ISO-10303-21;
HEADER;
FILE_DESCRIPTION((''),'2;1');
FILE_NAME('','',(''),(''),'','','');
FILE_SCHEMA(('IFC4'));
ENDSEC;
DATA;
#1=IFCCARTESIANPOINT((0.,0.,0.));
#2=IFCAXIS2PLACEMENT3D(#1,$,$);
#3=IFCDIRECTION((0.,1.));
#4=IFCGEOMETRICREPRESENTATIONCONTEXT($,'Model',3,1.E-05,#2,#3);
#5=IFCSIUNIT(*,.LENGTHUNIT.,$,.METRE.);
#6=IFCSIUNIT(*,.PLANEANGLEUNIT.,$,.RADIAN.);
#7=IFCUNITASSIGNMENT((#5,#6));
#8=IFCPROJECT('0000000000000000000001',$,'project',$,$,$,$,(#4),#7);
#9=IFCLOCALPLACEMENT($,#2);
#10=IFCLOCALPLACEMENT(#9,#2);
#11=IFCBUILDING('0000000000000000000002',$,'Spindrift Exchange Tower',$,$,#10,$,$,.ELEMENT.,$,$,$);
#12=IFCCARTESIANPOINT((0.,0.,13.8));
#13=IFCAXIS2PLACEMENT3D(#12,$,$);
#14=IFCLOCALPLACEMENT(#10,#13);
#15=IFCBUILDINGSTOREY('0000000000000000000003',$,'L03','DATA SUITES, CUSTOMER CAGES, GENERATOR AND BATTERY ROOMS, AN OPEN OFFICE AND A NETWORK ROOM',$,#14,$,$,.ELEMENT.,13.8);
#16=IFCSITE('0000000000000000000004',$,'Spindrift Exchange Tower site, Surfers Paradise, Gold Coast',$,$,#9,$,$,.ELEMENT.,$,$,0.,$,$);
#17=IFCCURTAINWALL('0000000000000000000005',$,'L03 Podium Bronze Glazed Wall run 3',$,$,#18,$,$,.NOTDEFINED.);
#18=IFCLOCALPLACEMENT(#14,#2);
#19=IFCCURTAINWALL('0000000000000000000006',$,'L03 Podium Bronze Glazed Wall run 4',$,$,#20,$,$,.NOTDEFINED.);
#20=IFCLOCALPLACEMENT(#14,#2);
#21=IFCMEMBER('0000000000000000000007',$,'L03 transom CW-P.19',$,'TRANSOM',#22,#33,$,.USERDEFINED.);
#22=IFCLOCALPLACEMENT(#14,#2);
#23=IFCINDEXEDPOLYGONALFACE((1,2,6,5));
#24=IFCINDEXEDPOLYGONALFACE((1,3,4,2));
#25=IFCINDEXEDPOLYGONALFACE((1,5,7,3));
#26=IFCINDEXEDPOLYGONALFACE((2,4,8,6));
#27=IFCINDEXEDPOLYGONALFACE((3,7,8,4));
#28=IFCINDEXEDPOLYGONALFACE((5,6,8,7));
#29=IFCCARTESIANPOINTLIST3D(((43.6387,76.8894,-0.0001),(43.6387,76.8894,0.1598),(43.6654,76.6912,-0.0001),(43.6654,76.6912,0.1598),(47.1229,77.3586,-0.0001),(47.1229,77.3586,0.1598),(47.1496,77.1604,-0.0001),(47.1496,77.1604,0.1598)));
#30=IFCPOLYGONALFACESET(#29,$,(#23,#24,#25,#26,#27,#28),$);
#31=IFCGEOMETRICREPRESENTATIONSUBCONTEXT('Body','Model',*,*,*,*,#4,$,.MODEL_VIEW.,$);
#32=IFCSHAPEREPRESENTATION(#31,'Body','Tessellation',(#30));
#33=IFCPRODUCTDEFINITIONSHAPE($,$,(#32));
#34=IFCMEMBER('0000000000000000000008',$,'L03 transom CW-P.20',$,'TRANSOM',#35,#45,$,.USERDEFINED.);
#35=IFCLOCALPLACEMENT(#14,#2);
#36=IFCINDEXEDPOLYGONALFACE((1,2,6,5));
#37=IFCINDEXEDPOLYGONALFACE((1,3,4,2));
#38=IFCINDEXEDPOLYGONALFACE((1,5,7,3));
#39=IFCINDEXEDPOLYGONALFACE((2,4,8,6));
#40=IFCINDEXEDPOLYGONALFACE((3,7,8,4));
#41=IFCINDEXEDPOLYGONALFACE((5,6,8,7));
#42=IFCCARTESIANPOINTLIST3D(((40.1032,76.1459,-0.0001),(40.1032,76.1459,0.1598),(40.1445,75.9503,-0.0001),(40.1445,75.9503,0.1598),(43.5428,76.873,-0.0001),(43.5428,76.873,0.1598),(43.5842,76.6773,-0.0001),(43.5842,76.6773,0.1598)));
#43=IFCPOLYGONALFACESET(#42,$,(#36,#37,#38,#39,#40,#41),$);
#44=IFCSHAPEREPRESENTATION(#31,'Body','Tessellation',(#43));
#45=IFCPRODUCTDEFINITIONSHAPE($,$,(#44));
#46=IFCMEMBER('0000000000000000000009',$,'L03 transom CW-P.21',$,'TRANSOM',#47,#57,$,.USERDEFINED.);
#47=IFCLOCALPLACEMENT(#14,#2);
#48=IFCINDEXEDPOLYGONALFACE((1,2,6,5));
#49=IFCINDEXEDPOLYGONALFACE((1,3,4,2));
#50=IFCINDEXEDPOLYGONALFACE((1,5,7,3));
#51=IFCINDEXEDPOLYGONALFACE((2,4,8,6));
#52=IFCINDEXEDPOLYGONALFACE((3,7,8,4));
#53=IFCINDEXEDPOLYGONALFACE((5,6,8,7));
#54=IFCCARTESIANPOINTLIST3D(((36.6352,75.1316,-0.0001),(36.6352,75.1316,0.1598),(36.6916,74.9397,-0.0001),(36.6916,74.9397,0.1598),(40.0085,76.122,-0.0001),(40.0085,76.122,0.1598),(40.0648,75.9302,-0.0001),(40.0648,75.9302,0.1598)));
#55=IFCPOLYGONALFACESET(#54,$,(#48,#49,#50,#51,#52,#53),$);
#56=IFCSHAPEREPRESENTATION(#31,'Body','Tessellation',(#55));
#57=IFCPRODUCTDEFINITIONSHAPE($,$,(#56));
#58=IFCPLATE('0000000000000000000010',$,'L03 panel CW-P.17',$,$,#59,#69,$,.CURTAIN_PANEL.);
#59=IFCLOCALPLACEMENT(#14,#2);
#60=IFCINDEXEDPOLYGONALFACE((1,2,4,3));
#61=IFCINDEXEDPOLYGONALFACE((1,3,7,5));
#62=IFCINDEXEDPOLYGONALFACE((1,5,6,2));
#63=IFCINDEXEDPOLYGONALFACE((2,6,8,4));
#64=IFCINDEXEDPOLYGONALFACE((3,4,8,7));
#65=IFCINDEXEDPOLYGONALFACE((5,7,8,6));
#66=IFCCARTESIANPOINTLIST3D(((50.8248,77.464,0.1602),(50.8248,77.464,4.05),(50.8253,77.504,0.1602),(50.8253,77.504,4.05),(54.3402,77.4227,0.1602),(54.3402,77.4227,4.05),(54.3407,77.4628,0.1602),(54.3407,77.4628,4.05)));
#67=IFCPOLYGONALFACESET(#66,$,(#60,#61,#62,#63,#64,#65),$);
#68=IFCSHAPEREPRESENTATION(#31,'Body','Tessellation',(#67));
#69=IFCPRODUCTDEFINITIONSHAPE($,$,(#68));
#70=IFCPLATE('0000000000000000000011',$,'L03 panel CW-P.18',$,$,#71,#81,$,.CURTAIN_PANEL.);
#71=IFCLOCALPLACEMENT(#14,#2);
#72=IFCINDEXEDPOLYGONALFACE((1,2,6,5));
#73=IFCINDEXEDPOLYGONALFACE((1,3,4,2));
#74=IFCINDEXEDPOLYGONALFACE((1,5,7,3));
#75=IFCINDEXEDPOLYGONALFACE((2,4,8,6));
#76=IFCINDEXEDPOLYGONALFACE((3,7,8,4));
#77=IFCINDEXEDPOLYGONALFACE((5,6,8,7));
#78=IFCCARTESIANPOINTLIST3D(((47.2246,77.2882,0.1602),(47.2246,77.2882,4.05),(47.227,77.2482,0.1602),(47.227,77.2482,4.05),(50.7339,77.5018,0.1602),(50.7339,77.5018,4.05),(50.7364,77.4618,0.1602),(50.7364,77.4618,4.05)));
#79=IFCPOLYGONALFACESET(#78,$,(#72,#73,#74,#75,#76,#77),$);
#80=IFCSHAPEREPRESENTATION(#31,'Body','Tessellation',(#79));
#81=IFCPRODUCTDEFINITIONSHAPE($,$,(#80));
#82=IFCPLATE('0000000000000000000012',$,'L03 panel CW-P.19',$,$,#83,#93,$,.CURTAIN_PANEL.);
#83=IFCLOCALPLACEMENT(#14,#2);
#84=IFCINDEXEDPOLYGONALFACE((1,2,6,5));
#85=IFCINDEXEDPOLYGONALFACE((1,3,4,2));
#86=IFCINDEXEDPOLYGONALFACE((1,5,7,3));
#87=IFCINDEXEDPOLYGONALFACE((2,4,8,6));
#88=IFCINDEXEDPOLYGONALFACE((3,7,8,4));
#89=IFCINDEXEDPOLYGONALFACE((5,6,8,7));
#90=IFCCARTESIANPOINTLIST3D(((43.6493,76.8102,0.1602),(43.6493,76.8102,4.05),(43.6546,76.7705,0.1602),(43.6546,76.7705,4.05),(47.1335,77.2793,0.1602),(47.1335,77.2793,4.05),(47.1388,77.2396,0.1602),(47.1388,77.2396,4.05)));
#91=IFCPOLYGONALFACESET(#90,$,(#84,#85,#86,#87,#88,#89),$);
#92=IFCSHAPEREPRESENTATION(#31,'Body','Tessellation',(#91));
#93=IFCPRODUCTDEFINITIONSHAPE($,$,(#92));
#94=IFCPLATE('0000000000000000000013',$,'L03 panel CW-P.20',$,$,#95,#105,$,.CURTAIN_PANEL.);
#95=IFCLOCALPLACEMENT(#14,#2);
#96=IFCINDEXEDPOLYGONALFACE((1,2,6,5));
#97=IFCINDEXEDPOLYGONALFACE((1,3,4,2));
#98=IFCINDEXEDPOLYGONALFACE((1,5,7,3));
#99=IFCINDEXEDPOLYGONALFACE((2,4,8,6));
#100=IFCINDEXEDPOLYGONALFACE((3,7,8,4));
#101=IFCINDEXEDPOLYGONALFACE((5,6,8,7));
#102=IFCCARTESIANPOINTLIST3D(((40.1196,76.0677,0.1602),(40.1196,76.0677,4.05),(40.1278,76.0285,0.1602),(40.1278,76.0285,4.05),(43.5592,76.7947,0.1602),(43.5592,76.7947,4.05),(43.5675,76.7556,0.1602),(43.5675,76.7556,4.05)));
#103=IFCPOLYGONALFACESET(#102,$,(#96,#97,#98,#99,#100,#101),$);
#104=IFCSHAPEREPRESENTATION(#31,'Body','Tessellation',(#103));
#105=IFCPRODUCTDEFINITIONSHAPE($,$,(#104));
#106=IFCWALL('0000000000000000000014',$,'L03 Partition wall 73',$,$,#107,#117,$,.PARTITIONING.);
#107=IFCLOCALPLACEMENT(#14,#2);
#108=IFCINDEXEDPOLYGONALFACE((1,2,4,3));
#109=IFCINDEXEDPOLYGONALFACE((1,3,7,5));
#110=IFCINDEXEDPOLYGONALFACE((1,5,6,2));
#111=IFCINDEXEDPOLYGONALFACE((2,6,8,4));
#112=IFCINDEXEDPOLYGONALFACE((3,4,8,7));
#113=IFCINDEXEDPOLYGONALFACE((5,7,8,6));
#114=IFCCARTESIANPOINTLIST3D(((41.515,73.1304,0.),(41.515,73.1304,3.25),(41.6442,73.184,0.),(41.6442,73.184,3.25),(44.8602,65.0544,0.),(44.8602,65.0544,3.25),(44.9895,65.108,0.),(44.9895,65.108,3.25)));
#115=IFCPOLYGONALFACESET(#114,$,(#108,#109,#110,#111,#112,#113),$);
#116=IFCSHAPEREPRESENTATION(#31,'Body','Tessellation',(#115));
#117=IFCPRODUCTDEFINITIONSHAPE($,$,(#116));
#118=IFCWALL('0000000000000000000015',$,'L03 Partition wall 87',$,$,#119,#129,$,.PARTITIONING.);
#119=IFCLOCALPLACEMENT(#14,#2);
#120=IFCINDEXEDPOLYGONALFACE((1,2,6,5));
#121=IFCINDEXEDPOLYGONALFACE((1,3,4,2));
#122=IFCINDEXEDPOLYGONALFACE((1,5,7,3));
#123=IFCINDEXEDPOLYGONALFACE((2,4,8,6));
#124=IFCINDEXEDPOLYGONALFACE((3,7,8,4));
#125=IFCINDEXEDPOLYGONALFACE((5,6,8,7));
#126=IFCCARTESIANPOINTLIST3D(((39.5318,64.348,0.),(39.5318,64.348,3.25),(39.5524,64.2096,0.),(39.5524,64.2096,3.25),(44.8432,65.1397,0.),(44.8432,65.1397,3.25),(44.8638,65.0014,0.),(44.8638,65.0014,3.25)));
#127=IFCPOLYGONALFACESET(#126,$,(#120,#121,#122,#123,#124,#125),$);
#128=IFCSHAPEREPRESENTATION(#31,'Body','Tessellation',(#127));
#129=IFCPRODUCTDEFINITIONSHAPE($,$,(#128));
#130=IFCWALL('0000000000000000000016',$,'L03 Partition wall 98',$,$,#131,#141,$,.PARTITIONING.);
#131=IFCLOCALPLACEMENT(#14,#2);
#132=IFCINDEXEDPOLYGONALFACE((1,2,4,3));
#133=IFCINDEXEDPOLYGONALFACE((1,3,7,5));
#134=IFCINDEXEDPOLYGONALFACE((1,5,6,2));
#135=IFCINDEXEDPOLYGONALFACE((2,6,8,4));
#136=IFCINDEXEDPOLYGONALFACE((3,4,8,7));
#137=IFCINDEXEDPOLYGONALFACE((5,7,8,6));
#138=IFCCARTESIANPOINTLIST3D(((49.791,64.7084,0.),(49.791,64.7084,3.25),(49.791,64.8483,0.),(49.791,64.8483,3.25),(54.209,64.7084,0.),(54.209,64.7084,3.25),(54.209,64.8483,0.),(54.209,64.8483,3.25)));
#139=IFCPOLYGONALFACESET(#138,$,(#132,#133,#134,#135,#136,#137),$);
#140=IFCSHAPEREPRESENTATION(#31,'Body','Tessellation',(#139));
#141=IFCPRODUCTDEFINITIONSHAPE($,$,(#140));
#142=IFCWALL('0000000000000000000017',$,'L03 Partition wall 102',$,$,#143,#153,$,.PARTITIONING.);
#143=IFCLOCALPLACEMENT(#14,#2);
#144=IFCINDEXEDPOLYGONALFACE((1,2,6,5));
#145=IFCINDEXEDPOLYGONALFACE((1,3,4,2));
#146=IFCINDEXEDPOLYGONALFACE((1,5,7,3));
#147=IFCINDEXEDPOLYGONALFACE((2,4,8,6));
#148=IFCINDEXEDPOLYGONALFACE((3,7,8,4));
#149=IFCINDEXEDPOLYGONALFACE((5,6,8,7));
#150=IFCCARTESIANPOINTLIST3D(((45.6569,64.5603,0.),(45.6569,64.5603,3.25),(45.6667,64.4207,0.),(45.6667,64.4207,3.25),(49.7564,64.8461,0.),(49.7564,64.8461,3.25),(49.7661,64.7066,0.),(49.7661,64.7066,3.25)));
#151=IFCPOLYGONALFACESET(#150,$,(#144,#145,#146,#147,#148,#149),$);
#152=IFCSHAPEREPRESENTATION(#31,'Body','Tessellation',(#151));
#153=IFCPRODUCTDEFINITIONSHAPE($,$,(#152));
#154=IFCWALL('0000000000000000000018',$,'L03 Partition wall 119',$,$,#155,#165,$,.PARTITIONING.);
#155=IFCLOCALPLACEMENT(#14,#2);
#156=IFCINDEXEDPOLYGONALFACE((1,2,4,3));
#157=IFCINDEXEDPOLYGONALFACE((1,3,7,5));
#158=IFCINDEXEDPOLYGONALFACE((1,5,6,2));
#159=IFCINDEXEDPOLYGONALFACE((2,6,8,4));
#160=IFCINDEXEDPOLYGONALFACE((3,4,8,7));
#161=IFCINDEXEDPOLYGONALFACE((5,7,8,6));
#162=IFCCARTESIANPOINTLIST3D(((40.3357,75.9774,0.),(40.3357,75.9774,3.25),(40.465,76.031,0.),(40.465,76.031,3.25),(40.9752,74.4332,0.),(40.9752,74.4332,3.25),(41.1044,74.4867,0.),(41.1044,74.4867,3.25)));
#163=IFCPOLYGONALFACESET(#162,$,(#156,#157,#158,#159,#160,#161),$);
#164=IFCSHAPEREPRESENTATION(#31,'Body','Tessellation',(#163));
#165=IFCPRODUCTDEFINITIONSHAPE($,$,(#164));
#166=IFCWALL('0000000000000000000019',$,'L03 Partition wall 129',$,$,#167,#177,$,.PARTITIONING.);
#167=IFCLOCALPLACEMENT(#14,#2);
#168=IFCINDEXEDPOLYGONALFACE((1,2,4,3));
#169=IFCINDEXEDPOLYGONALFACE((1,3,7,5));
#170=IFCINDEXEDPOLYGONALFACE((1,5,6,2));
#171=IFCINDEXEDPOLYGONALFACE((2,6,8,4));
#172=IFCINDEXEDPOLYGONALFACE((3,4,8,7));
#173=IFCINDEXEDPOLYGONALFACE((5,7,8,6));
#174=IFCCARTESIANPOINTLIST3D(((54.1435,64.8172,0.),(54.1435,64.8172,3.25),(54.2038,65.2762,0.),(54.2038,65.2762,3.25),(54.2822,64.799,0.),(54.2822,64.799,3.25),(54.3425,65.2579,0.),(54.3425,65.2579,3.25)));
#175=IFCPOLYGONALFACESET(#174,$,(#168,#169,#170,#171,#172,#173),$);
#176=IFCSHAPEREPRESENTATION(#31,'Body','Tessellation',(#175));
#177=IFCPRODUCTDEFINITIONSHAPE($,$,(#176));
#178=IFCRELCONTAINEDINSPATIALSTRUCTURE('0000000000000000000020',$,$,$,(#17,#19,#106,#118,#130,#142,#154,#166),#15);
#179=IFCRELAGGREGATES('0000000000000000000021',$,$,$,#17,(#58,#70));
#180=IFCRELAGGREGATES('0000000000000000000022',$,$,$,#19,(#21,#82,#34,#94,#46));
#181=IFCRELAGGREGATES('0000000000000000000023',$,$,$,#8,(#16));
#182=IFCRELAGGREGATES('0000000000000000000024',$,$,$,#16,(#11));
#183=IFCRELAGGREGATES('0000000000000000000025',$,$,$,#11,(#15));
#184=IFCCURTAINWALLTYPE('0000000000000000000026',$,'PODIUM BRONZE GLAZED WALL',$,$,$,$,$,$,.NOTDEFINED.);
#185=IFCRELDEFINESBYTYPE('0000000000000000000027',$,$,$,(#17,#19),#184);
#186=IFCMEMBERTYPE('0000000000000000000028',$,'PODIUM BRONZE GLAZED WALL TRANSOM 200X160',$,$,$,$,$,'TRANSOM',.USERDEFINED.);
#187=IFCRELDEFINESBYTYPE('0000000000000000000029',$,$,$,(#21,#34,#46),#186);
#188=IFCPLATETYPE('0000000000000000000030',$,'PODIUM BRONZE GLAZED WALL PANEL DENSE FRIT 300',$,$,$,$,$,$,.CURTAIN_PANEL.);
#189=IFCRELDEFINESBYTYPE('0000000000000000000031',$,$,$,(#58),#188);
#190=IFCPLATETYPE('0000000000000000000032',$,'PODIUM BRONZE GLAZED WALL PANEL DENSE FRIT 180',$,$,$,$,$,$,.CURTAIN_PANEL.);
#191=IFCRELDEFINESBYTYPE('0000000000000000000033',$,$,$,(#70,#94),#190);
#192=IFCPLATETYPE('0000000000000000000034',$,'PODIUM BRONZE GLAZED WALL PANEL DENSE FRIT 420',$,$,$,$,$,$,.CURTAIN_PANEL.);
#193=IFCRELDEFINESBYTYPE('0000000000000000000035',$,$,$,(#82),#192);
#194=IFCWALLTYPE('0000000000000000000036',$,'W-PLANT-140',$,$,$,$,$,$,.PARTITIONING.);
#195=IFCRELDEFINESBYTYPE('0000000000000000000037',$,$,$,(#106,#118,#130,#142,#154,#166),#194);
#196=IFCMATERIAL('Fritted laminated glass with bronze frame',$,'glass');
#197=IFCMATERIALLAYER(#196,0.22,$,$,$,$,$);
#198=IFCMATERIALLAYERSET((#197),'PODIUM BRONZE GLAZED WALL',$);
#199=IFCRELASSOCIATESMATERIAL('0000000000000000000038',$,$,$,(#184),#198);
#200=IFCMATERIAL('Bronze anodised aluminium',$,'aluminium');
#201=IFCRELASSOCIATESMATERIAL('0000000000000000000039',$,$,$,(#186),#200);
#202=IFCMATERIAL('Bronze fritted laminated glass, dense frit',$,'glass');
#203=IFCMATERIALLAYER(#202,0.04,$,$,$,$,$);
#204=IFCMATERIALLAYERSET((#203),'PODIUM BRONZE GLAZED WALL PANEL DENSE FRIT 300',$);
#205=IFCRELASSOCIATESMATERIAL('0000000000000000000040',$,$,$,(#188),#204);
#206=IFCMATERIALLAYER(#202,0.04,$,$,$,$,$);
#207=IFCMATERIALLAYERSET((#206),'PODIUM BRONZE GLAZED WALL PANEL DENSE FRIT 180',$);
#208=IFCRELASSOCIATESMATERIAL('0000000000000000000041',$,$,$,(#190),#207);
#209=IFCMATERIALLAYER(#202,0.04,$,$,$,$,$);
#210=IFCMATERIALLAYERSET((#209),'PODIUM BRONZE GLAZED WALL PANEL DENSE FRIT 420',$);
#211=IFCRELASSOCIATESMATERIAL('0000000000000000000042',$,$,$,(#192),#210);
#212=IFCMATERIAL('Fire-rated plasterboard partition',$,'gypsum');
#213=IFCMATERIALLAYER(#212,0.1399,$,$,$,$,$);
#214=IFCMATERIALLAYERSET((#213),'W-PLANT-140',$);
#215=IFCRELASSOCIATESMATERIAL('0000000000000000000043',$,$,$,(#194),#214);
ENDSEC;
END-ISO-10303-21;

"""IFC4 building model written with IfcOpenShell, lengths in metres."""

from ifc_helpers import new_model, si_unit, direction, frame, frame_2d, origin, origin_2d, place, context, subcontext, project, spatial, rectangle, extrude, source, transform, mapped, material, layer, layer_set, material_profile, profile_set, type_object, element, aggregate, save


model = new_model("IFC4")

# Units and contexts
model_context = context("Model", 3, precision=1e-05, world=origin(), true_north=direction((0.0, 1.0)))
body_context = subcontext(model_context, "Body", "Model", "MODEL_VIEW")
ifc_project = project(units=[si_unit("LENGTHUNIT", "METRE"), si_unit("PLANEANGLEUNIT", "RADIAN")], contexts=[model_context])

# Site, building, storey
site_placement = place(None, origin())
site = spatial("IfcSite", under=ifc_project, at=site_placement, Name="Spindrift Exchange Tower site, Surfers Paradise, Gold Coast", CompositionType="ELEMENT", RefElevation=0.0)
building_placement = place(site_placement, origin())
building = spatial("IfcBuilding", under=site, at=building_placement, Name="Spindrift Exchange Tower", CompositionType="ELEMENT")
storey_placement = place(building_placement, frame((0.0, 0.0, 13.8)))
storey = spatial("IfcBuildingStorey", under=building, at=storey_placement, Name="L03", Description="DATA SUITES, CUSTOMER CAGES, GENERATOR AND BATTERY ROOMS, AN OPEN OFFICE AND A NETWORK ROOM", CompositionType="ELEMENT", Elevation=13.8)

# Curtain walls
ifc_material_1 = material(Name="Fritted laminated glass with bronze frame", Category="glass")
ifc_layer_1 = layer(ifc_material_1, 0.22)
ifc_layer_set_1 = layer_set([ifc_layer_1], Name="PODIUM BRONZE GLAZED WALL")
curtain_wall_type = type_object("IfcCurtainWallType", Name="PODIUM BRONZE GLAZED WALL", PredefinedType="NOTDEFINED", material=ifc_layer_set_1)
curtain_wall_1_placement = place(storey_placement, origin())
curtain_wall_1 = element("IfcCurtainWall", 1, at=curtain_wall_1_placement, inside=storey, type_object=curtain_wall_type, Name="L03 Podium Bronze Glazed Wall run 3", PredefinedType="NOTDEFINED")
ifc_material_2 = material(Name="Bronze anodised aluminium", Category="aluminium")
curtain_wall_2_placement = place(storey_placement, origin())
curtain_wall_2 = element("IfcCurtainWall", 2, at=curtain_wall_2_placement, inside=storey, type_object=curtain_wall_type, Name="L03 Podium Bronze Glazed Wall run 4", PredefinedType="NOTDEFINED")

# Members
ifc_material_profile_1 = material_profile(ifc_material_2, rectangle(XDim=0.2, YDim=0.1599, at=origin_2d()), Name="PODIUM BRONZE GLAZED WALL TRANSOM 200X160")
ifc_profile_set_1 = profile_set([ifc_material_profile_1], Name="Bronze anodised aluminium")
member_type_1 = type_object("IfcMemberType", Name="PODIUM BRONZE GLAZED WALL TRANSOM 200X160", ElementType="TRANSOM", PredefinedType="USERDEFINED", material=ifc_profile_set_1)
shared_shape_1 = source(origin(), body_context, "Body", "SweptSolid", [
    extrude(rectangle(XDim=0.2, YDim=0.1599, at=origin_2d()), origin(), (0.0, 0.0, 1.0), 3.5156),
])
member_1_placement = place(storey_placement, frame((47.1362, 77.2595, 0.0798), z_axis=(-0.991052, -0.133474, 0.0), x_axis=(0.133474, -0.991052, 0.0)))
member_1 = element("IfcMember", 3, at=member_1_placement, type_object=member_type_1, Name="L03 transom CW-P.19", ObjectType="TRANSOM", PredefinedType="USERDEFINED", context=body_context, shape_type="MappedRepresentation", body=[
    mapped(shared_shape_1, transform((0.0, 0.0, 0.0), scale=1.0)),
])
member_2_placement = place(storey_placement, frame((43.5635, 76.7751, 0.0798), z_axis=(-0.978383, -0.206801, 0.0), x_axis=(0.206801, -0.978383, 0.0)))
member_2 = element("IfcMember", 4, at=member_2_placement, type_object=member_type_1, Name="L03 transom CW-P.20", ObjectType="TRANSOM", PredefinedType="USERDEFINED", context=body_context, shape_type="MappedRepresentation", body=[
    mapped(shared_shape_1, transform((0.0, 0.0, 0.0), scale=1.0)),
])
member_3_placement = place(storey_placement, frame((40.0366, 76.0261, 0.0798), z_axis=(-0.959494, -0.28173, 0.0), x_axis=(0.28173, -0.959494, 0.0)))
member_3 = element("IfcMember", 5, at=member_3_placement, type_object=member_type_1, Name="L03 transom CW-P.21", ObjectType="TRANSOM", PredefinedType="USERDEFINED", context=body_context, shape_type="MappedRepresentation", body=[
    mapped(shared_shape_1, transform((0.0, 0.0, 0.0), scale=1.0)),
])

# Plates
ifc_material_3 = material(Name="Bronze fritted laminated glass, dense frit", Category="glass")
ifc_layer_2 = layer(ifc_material_3, 0.04)
ifc_layer_set_2 = layer_set([ifc_layer_2], Name="PODIUM BRONZE GLAZED WALL PANEL DENSE FRIT 300")
plate_type_1 = type_object("IfcPlateType", Name="PODIUM BRONZE GLAZED WALL PANEL DENSE FRIT 300", PredefinedType="CURTAIN_PANEL", material=ifc_layer_set_2)
shared_shape_2 = source(origin(), body_context, "Body", "SweptSolid", [
    extrude(rectangle(XDim=3.5156, YDim=0.04, at=origin_2d()), origin(), (0.0, 0.0, 1.0), 3.8899),
])
plate_1_placement = place(storey_placement, frame((52.5828, 77.4634, 0.1602), z_axis=(0.0, 0.0, 1.0), x_axis=(-0.999931, 0.011732, 0.0)))
plate_1 = element("IfcPlate", 6, at=plate_1_placement, type_object=plate_type_1, Name="L03 panel CW-P.17", PredefinedType="CURTAIN_PANEL", context=body_context, shape_type="MappedRepresentation", body=[
    mapped(shared_shape_2, transform((0.0, 0.0, 0.0), scale=1.0)),
])
ifc_layer_3 = layer(ifc_material_3, 0.04)
ifc_layer_set_3 = layer_set([ifc_layer_3], Name="PODIUM BRONZE GLAZED WALL PANEL DENSE FRIT 180")
plate_type_2 = type_object("IfcPlateType", Name="PODIUM BRONZE GLAZED WALL PANEL DENSE FRIT 180", PredefinedType="CURTAIN_PANEL", material=ifc_layer_set_3)
shared_shape_3 = source(origin(), body_context, "Body", "SweptSolid", [
    extrude(rectangle(XDim=3.5159, YDim=0.04, at=origin_2d()), origin(), (0.0, 0.0, 1.0), 3.8899),
])
plate_2_placement = place(storey_placement, frame((48.9805, 77.375, 0.1602), z_axis=(0.0, 0.0, 1.0), x_axis=(-0.998154, -0.060737, 0.0)))
plate_2 = element("IfcPlate", 7, at=plate_2_placement, type_object=plate_type_2, Name="L03 panel CW-P.18", PredefinedType="CURTAIN_PANEL", context=body_context, shape_type="MappedRepresentation", body=[
    mapped(shared_shape_3, transform((0.0, 0.0, 0.0), scale=1.0)),
])
aggregate(curtain_wall_1, [plate_1, plate_2])
ifc_layer_4 = layer(ifc_material_3, 0.04)
ifc_layer_set_4 = layer_set([ifc_layer_4], Name="PODIUM BRONZE GLAZED WALL PANEL DENSE FRIT 420")
plate_type_3 = type_object("IfcPlateType", Name="PODIUM BRONZE GLAZED WALL PANEL DENSE FRIT 420", PredefinedType="CURTAIN_PANEL", material=ifc_layer_set_4)
shared_shape_4 = source(origin(), body_context, "Body", "SweptSolid", [
    extrude(rectangle(XDim=3.5156, YDim=0.04, at=origin_2d()), origin(), (0.0, 0.0, 1.0), 3.8899),
])
plate_3_placement = place(storey_placement, frame((45.394, 77.0249, 0.1602), z_axis=(0.0, 0.0, 1.0), x_axis=(-0.991059, -0.133426, 0.0)))
plate_3 = element("IfcPlate", 8, at=plate_3_placement, type_object=plate_type_3, Name="L03 panel CW-P.19", PredefinedType="CURTAIN_PANEL", context=body_context, shape_type="MappedRepresentation", body=[
    mapped(shared_shape_4, transform((0.0, 0.0, 0.0), scale=1.0)),
])
shared_shape_5 = source(origin(), body_context, "Body", "SweptSolid", [
    extrude(rectangle(XDim=3.5156, YDim=0.04, at=origin_2d()), origin(), (0.0, 0.0, 1.0), 3.8899),
])
plate_4_placement = place(storey_placement, frame((41.8435, 76.4116, 0.1602), z_axis=(0.0, 0.0, 1.0), x_axis=(-0.97838, -0.206814, 0.0)))
plate_4 = element("IfcPlate", 9, at=plate_4_placement, type_object=plate_type_2, Name="L03 panel CW-P.20", PredefinedType="CURTAIN_PANEL", context=body_context, shape_type="MappedRepresentation", body=[
    mapped(shared_shape_5, transform((0.0, 0.0, 0.0), scale=1.0)),
])
aggregate(curtain_wall_2, [member_1, plate_3, member_2, plate_4, member_3])

# Walls
ifc_material_4 = material(Name="Fire-rated plasterboard partition", Category="gypsum")
ifc_layer_5 = layer(ifc_material_4, 0.1399)
ifc_layer_set_5 = layer_set([ifc_layer_5], Name="W-PLANT-140")
wall_type = type_object("IfcWallType", Name="W-PLANT-140", PredefinedType="PARTITIONING", material=ifc_layer_set_5)
wall_1_placement = place(storey_placement, frame((44.9248, 65.0813, 0.0), z_axis=(0.0, 0.0, 1.0), x_axis=(-0.382689, 0.923877, 0.0)))
element("IfcWall", 10, at=wall_1_placement, inside=storey, type_object=wall_type, Name="L03 Partition wall 73", PredefinedType="PARTITIONING", context=body_context, shape_type="SweptSolid", body=[
    extrude(rectangle(XDim=8.7415, YDim=0.1399, at=frame_2d((4.3706, 0.0))), origin(), (0.0, 0.0, 1.0), 3.25),
])
wall_2_placement = place(storey_placement, frame((44.8535, 65.0706, 0.0), z_axis=(0.0, 0.0, 1.0), x_axis=(-0.989072, -0.147433, 0.0)))
element("IfcWall", 11, at=wall_2_placement, inside=storey, type_object=wall_type, Name="L03 Partition wall 87", PredefinedType="PARTITIONING", context=body_context, shape_type="SweptSolid", body=[
    extrude(rectangle(XDim=5.3701, YDim=0.1399, at=frame_2d((2.6851, 0.0))), origin(), (0.0, 0.0, 1.0), 3.25),
])
wall_3_placement = place(storey_placement, frame((54.209, 64.7783, 0.0), z_axis=(0.0, 0.0, 1.0), x_axis=(-1.0, 0.0, 0.0)))
element("IfcWall", 12, at=wall_3_placement, inside=storey, type_object=wall_type, Name="L03 Partition wall 98", PredefinedType="PARTITIONING", context=body_context, shape_type="SweptSolid", body=[
    extrude(rectangle(XDim=4.418, YDim=0.1399, at=frame_2d((2.209, 0.0))), origin(), (0.0, 0.0, 1.0), 3.25),
])
wall_4_placement = place(storey_placement, frame((49.7612, 64.7764, 0.0), z_axis=(0.0, 0.0, 1.0), x_axis=(-0.997577, -0.069571, 0.0)))
element("IfcWall", 13, at=wall_4_placement, inside=storey, type_object=wall_type, Name="L03 Partition wall 102", PredefinedType="PARTITIONING", context=body_context, shape_type="SweptSolid", body=[
    extrude(rectangle(XDim=4.1094, YDim=0.1399, at=frame_2d((2.0547, 0.0))), origin(), (0.0, 0.0, 1.0), 3.25),
])
wall_5_placement = place(storey_placement, frame((41.0398, 74.46, 0.0), z_axis=(0.0, 0.0, 1.0), x_axis=(-0.382571, 0.923926, 0.0)))
element("IfcWall", 14, at=wall_5_placement, inside=storey, type_object=wall_type, Name="L03 Partition wall 119", PredefinedType="PARTITIONING", context=body_context, shape_type="SweptSolid", body=[
    extrude(rectangle(XDim=1.6714, YDim=0.1399, at=frame_2d((0.8357, 0.0))), origin(), (0.0, 0.0, 1.0), 3.25),
])
wall_6_placement = place(storey_placement, frame((54.2129, 64.8081, 0.0), z_axis=(0.0, 0.0, 1.0), x_axis=(0.130264, 0.991479, 0.0)))
element("IfcWall", 15, at=wall_6_placement, inside=storey, type_object=wall_type, Name="L03 Partition wall 129", PredefinedType="PARTITIONING", context=body_context, shape_type="SweptSolid", body=[
    extrude(rectangle(XDim=0.4629, YDim=0.1399, at=frame_2d((0.2314, 0.0))), origin(), (0.0, 0.0, 1.0), 3.25),
])

save(model, "model.ifc")
